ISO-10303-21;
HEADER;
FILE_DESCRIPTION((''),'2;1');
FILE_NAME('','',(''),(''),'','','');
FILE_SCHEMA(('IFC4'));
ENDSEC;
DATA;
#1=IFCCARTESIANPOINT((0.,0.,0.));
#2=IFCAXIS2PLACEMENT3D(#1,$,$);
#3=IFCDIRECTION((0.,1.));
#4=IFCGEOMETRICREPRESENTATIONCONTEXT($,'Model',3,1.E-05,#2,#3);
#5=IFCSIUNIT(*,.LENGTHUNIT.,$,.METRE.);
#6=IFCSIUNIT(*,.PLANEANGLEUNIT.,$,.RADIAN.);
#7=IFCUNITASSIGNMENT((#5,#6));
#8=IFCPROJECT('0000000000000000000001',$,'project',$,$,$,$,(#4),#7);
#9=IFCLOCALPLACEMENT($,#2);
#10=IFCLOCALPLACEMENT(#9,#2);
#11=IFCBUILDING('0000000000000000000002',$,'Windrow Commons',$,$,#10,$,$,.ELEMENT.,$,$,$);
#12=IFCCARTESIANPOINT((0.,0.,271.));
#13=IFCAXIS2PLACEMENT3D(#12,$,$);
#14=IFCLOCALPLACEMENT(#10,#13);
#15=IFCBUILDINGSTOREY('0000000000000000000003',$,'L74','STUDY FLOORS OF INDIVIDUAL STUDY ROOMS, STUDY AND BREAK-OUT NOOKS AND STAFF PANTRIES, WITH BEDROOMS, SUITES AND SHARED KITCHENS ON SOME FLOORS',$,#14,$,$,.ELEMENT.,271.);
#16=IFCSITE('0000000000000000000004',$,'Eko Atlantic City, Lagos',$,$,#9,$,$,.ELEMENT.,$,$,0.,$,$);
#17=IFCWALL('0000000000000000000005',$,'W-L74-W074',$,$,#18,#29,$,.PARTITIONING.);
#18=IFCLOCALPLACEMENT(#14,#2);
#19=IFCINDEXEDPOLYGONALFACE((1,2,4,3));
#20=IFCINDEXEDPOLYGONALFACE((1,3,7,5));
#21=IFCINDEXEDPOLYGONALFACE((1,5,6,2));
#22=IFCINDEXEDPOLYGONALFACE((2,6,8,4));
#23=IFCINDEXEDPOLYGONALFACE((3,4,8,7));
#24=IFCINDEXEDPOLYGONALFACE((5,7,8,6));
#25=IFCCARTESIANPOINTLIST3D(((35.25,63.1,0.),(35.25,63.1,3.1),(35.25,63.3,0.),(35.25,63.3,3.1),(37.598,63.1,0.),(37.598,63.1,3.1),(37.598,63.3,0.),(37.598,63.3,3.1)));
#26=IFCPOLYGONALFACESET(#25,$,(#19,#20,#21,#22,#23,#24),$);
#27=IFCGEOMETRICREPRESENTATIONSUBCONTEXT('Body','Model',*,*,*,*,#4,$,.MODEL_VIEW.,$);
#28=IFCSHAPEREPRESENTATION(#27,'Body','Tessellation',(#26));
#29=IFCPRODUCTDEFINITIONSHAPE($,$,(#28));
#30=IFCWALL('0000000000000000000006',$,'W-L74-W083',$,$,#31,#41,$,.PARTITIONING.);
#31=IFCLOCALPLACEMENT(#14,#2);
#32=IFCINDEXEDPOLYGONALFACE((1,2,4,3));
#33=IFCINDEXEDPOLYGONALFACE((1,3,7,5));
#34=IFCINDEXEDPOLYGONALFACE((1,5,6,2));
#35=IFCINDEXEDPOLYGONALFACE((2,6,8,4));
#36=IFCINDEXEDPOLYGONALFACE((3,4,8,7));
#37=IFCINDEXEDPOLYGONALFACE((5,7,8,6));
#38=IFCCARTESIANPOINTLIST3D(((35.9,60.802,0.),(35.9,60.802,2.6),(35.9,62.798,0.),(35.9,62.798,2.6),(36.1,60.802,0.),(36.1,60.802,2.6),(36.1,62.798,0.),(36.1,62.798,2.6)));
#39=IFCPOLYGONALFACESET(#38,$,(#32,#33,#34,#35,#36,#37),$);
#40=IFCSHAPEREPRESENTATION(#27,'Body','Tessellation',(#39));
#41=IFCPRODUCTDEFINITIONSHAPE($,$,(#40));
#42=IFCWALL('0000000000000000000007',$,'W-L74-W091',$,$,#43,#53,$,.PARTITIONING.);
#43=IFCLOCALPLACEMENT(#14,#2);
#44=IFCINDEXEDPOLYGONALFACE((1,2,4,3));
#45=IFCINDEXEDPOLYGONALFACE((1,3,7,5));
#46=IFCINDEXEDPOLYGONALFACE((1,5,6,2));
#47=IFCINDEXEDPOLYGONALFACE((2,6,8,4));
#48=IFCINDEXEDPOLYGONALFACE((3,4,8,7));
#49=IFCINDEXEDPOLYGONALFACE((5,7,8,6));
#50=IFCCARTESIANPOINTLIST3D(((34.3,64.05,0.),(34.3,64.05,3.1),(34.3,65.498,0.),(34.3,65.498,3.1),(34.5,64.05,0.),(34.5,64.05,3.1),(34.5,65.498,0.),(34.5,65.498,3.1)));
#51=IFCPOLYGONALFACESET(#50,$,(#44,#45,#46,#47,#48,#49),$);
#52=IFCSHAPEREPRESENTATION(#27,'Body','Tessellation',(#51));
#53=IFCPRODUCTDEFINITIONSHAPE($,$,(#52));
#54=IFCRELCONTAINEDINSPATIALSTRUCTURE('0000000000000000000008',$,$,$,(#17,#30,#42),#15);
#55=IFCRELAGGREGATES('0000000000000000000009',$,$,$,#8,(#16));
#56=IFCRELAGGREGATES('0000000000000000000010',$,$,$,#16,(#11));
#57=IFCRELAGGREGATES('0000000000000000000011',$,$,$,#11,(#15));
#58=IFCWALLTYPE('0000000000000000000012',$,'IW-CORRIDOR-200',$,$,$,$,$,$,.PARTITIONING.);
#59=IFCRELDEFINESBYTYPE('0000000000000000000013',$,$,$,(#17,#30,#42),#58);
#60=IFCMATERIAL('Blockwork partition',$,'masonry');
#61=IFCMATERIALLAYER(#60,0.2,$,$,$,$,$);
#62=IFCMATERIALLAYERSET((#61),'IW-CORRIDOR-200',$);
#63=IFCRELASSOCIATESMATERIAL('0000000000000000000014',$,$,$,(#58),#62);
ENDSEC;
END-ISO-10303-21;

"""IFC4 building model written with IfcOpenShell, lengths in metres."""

from ifc_helpers import new_model, si_unit, direction, frame, frame_2d, origin, place, context, subcontext, project, spatial, rectangle, extrude, material, layer, layer_set, type_object, element, save


model = new_model("IFC4")

# Units and contexts
model_context = context("Model", 3, precision=1e-05, world=origin(), true_north=direction((0.0, 1.0)))
body_context = subcontext(model_context, "Body", "Model", "MODEL_VIEW")
ifc_project = project(units=[si_unit("LENGTHUNIT", "METRE"), si_unit("PLANEANGLEUNIT", "RADIAN")], contexts=[model_context])

# Site, building, storey
site_placement = place(None, origin())
site = spatial("IfcSite", under=ifc_project, at=site_placement, Name="Eko Atlantic City, Lagos", CompositionType="ELEMENT", RefElevation=0.0)
building_placement = place(site_placement, origin())
building = spatial("IfcBuilding", under=site, at=building_placement, Name="Windrow Commons", CompositionType="ELEMENT")
storey_placement = place(building_placement, frame((0.0, 0.0, 271.0)))
storey = spatial("IfcBuildingStorey", under=building, at=storey_placement, Name="L74", Description="STUDY FLOORS OF INDIVIDUAL STUDY ROOMS, STUDY AND BREAK-OUT NOOKS AND STAFF PANTRIES, WITH BEDROOMS, SUITES AND SHARED KITCHENS ON SOME FLOORS", CompositionType="ELEMENT", Elevation=271.0)

# Walls
ifc_material_1 = material(Name="Blockwork partition", Category="masonry")
ifc_layer_1 = layer(ifc_material_1, 0.2)
ifc_layer_set_1 = layer_set([ifc_layer_1], Name="IW-CORRIDOR-200")
wall_type_1 = type_object("IfcWallType", Name="IW-CORRIDOR-200", PredefinedType="PARTITIONING", material=ifc_layer_set_1)
wall_1_placement = place(storey_placement, frame((35.25, 63.2, 0.0), z_axis=(0.0, 0.0, 1.0), x_axis=(1.0, 0.0, 0.0)))
element("IfcWall", 1, at=wall_1_placement, inside=storey, type_object=wall_type_1, Name="W-L74-W074", PredefinedType="PARTITIONING", context=body_context, shape_type="SweptSolid", body=[
    extrude(rectangle(XDim=2.348, YDim=0.2, at=frame_2d((1.174, 0.0))), origin(), (0.0, 0.0, 1.0), 3.1),
])
wall_2_placement = place(storey_placement, frame((36.0, 60.802, 0.0), z_axis=(0.0, 0.0, 1.0), x_axis=(0.0, 1.0, 0.0)))
element("IfcWall", 2, at=wall_2_placement, inside=storey, type_object=wall_type_1, Name="W-L74-W083", PredefinedType="PARTITIONING", context=body_context, shape_type="SweptSolid", body=[
    extrude(rectangle(XDim=1.996, YDim=0.2, at=frame_2d((0.998, 0.0))), origin(), (0.0, 0.0, 1.0), 2.6),
])
wall_3_placement = place(storey_placement, frame((34.4, 64.05, 0.0), z_axis=(0.0, 0.0, 1.0), x_axis=(0.0, 1.0, 0.0)))
element("IfcWall", 3, at=wall_3_placement, inside=storey, type_object=wall_type_1, Name="W-L74-W091", PredefinedType="PARTITIONING", context=body_context, shape_type="SweptSolid", body=[
    extrude(rectangle(XDim=1.448, YDim=0.2, at=frame_2d((0.724, 0.0))), origin(), (0.0, 0.0, 1.0), 3.1),
])

save(model, "model.ifc")
